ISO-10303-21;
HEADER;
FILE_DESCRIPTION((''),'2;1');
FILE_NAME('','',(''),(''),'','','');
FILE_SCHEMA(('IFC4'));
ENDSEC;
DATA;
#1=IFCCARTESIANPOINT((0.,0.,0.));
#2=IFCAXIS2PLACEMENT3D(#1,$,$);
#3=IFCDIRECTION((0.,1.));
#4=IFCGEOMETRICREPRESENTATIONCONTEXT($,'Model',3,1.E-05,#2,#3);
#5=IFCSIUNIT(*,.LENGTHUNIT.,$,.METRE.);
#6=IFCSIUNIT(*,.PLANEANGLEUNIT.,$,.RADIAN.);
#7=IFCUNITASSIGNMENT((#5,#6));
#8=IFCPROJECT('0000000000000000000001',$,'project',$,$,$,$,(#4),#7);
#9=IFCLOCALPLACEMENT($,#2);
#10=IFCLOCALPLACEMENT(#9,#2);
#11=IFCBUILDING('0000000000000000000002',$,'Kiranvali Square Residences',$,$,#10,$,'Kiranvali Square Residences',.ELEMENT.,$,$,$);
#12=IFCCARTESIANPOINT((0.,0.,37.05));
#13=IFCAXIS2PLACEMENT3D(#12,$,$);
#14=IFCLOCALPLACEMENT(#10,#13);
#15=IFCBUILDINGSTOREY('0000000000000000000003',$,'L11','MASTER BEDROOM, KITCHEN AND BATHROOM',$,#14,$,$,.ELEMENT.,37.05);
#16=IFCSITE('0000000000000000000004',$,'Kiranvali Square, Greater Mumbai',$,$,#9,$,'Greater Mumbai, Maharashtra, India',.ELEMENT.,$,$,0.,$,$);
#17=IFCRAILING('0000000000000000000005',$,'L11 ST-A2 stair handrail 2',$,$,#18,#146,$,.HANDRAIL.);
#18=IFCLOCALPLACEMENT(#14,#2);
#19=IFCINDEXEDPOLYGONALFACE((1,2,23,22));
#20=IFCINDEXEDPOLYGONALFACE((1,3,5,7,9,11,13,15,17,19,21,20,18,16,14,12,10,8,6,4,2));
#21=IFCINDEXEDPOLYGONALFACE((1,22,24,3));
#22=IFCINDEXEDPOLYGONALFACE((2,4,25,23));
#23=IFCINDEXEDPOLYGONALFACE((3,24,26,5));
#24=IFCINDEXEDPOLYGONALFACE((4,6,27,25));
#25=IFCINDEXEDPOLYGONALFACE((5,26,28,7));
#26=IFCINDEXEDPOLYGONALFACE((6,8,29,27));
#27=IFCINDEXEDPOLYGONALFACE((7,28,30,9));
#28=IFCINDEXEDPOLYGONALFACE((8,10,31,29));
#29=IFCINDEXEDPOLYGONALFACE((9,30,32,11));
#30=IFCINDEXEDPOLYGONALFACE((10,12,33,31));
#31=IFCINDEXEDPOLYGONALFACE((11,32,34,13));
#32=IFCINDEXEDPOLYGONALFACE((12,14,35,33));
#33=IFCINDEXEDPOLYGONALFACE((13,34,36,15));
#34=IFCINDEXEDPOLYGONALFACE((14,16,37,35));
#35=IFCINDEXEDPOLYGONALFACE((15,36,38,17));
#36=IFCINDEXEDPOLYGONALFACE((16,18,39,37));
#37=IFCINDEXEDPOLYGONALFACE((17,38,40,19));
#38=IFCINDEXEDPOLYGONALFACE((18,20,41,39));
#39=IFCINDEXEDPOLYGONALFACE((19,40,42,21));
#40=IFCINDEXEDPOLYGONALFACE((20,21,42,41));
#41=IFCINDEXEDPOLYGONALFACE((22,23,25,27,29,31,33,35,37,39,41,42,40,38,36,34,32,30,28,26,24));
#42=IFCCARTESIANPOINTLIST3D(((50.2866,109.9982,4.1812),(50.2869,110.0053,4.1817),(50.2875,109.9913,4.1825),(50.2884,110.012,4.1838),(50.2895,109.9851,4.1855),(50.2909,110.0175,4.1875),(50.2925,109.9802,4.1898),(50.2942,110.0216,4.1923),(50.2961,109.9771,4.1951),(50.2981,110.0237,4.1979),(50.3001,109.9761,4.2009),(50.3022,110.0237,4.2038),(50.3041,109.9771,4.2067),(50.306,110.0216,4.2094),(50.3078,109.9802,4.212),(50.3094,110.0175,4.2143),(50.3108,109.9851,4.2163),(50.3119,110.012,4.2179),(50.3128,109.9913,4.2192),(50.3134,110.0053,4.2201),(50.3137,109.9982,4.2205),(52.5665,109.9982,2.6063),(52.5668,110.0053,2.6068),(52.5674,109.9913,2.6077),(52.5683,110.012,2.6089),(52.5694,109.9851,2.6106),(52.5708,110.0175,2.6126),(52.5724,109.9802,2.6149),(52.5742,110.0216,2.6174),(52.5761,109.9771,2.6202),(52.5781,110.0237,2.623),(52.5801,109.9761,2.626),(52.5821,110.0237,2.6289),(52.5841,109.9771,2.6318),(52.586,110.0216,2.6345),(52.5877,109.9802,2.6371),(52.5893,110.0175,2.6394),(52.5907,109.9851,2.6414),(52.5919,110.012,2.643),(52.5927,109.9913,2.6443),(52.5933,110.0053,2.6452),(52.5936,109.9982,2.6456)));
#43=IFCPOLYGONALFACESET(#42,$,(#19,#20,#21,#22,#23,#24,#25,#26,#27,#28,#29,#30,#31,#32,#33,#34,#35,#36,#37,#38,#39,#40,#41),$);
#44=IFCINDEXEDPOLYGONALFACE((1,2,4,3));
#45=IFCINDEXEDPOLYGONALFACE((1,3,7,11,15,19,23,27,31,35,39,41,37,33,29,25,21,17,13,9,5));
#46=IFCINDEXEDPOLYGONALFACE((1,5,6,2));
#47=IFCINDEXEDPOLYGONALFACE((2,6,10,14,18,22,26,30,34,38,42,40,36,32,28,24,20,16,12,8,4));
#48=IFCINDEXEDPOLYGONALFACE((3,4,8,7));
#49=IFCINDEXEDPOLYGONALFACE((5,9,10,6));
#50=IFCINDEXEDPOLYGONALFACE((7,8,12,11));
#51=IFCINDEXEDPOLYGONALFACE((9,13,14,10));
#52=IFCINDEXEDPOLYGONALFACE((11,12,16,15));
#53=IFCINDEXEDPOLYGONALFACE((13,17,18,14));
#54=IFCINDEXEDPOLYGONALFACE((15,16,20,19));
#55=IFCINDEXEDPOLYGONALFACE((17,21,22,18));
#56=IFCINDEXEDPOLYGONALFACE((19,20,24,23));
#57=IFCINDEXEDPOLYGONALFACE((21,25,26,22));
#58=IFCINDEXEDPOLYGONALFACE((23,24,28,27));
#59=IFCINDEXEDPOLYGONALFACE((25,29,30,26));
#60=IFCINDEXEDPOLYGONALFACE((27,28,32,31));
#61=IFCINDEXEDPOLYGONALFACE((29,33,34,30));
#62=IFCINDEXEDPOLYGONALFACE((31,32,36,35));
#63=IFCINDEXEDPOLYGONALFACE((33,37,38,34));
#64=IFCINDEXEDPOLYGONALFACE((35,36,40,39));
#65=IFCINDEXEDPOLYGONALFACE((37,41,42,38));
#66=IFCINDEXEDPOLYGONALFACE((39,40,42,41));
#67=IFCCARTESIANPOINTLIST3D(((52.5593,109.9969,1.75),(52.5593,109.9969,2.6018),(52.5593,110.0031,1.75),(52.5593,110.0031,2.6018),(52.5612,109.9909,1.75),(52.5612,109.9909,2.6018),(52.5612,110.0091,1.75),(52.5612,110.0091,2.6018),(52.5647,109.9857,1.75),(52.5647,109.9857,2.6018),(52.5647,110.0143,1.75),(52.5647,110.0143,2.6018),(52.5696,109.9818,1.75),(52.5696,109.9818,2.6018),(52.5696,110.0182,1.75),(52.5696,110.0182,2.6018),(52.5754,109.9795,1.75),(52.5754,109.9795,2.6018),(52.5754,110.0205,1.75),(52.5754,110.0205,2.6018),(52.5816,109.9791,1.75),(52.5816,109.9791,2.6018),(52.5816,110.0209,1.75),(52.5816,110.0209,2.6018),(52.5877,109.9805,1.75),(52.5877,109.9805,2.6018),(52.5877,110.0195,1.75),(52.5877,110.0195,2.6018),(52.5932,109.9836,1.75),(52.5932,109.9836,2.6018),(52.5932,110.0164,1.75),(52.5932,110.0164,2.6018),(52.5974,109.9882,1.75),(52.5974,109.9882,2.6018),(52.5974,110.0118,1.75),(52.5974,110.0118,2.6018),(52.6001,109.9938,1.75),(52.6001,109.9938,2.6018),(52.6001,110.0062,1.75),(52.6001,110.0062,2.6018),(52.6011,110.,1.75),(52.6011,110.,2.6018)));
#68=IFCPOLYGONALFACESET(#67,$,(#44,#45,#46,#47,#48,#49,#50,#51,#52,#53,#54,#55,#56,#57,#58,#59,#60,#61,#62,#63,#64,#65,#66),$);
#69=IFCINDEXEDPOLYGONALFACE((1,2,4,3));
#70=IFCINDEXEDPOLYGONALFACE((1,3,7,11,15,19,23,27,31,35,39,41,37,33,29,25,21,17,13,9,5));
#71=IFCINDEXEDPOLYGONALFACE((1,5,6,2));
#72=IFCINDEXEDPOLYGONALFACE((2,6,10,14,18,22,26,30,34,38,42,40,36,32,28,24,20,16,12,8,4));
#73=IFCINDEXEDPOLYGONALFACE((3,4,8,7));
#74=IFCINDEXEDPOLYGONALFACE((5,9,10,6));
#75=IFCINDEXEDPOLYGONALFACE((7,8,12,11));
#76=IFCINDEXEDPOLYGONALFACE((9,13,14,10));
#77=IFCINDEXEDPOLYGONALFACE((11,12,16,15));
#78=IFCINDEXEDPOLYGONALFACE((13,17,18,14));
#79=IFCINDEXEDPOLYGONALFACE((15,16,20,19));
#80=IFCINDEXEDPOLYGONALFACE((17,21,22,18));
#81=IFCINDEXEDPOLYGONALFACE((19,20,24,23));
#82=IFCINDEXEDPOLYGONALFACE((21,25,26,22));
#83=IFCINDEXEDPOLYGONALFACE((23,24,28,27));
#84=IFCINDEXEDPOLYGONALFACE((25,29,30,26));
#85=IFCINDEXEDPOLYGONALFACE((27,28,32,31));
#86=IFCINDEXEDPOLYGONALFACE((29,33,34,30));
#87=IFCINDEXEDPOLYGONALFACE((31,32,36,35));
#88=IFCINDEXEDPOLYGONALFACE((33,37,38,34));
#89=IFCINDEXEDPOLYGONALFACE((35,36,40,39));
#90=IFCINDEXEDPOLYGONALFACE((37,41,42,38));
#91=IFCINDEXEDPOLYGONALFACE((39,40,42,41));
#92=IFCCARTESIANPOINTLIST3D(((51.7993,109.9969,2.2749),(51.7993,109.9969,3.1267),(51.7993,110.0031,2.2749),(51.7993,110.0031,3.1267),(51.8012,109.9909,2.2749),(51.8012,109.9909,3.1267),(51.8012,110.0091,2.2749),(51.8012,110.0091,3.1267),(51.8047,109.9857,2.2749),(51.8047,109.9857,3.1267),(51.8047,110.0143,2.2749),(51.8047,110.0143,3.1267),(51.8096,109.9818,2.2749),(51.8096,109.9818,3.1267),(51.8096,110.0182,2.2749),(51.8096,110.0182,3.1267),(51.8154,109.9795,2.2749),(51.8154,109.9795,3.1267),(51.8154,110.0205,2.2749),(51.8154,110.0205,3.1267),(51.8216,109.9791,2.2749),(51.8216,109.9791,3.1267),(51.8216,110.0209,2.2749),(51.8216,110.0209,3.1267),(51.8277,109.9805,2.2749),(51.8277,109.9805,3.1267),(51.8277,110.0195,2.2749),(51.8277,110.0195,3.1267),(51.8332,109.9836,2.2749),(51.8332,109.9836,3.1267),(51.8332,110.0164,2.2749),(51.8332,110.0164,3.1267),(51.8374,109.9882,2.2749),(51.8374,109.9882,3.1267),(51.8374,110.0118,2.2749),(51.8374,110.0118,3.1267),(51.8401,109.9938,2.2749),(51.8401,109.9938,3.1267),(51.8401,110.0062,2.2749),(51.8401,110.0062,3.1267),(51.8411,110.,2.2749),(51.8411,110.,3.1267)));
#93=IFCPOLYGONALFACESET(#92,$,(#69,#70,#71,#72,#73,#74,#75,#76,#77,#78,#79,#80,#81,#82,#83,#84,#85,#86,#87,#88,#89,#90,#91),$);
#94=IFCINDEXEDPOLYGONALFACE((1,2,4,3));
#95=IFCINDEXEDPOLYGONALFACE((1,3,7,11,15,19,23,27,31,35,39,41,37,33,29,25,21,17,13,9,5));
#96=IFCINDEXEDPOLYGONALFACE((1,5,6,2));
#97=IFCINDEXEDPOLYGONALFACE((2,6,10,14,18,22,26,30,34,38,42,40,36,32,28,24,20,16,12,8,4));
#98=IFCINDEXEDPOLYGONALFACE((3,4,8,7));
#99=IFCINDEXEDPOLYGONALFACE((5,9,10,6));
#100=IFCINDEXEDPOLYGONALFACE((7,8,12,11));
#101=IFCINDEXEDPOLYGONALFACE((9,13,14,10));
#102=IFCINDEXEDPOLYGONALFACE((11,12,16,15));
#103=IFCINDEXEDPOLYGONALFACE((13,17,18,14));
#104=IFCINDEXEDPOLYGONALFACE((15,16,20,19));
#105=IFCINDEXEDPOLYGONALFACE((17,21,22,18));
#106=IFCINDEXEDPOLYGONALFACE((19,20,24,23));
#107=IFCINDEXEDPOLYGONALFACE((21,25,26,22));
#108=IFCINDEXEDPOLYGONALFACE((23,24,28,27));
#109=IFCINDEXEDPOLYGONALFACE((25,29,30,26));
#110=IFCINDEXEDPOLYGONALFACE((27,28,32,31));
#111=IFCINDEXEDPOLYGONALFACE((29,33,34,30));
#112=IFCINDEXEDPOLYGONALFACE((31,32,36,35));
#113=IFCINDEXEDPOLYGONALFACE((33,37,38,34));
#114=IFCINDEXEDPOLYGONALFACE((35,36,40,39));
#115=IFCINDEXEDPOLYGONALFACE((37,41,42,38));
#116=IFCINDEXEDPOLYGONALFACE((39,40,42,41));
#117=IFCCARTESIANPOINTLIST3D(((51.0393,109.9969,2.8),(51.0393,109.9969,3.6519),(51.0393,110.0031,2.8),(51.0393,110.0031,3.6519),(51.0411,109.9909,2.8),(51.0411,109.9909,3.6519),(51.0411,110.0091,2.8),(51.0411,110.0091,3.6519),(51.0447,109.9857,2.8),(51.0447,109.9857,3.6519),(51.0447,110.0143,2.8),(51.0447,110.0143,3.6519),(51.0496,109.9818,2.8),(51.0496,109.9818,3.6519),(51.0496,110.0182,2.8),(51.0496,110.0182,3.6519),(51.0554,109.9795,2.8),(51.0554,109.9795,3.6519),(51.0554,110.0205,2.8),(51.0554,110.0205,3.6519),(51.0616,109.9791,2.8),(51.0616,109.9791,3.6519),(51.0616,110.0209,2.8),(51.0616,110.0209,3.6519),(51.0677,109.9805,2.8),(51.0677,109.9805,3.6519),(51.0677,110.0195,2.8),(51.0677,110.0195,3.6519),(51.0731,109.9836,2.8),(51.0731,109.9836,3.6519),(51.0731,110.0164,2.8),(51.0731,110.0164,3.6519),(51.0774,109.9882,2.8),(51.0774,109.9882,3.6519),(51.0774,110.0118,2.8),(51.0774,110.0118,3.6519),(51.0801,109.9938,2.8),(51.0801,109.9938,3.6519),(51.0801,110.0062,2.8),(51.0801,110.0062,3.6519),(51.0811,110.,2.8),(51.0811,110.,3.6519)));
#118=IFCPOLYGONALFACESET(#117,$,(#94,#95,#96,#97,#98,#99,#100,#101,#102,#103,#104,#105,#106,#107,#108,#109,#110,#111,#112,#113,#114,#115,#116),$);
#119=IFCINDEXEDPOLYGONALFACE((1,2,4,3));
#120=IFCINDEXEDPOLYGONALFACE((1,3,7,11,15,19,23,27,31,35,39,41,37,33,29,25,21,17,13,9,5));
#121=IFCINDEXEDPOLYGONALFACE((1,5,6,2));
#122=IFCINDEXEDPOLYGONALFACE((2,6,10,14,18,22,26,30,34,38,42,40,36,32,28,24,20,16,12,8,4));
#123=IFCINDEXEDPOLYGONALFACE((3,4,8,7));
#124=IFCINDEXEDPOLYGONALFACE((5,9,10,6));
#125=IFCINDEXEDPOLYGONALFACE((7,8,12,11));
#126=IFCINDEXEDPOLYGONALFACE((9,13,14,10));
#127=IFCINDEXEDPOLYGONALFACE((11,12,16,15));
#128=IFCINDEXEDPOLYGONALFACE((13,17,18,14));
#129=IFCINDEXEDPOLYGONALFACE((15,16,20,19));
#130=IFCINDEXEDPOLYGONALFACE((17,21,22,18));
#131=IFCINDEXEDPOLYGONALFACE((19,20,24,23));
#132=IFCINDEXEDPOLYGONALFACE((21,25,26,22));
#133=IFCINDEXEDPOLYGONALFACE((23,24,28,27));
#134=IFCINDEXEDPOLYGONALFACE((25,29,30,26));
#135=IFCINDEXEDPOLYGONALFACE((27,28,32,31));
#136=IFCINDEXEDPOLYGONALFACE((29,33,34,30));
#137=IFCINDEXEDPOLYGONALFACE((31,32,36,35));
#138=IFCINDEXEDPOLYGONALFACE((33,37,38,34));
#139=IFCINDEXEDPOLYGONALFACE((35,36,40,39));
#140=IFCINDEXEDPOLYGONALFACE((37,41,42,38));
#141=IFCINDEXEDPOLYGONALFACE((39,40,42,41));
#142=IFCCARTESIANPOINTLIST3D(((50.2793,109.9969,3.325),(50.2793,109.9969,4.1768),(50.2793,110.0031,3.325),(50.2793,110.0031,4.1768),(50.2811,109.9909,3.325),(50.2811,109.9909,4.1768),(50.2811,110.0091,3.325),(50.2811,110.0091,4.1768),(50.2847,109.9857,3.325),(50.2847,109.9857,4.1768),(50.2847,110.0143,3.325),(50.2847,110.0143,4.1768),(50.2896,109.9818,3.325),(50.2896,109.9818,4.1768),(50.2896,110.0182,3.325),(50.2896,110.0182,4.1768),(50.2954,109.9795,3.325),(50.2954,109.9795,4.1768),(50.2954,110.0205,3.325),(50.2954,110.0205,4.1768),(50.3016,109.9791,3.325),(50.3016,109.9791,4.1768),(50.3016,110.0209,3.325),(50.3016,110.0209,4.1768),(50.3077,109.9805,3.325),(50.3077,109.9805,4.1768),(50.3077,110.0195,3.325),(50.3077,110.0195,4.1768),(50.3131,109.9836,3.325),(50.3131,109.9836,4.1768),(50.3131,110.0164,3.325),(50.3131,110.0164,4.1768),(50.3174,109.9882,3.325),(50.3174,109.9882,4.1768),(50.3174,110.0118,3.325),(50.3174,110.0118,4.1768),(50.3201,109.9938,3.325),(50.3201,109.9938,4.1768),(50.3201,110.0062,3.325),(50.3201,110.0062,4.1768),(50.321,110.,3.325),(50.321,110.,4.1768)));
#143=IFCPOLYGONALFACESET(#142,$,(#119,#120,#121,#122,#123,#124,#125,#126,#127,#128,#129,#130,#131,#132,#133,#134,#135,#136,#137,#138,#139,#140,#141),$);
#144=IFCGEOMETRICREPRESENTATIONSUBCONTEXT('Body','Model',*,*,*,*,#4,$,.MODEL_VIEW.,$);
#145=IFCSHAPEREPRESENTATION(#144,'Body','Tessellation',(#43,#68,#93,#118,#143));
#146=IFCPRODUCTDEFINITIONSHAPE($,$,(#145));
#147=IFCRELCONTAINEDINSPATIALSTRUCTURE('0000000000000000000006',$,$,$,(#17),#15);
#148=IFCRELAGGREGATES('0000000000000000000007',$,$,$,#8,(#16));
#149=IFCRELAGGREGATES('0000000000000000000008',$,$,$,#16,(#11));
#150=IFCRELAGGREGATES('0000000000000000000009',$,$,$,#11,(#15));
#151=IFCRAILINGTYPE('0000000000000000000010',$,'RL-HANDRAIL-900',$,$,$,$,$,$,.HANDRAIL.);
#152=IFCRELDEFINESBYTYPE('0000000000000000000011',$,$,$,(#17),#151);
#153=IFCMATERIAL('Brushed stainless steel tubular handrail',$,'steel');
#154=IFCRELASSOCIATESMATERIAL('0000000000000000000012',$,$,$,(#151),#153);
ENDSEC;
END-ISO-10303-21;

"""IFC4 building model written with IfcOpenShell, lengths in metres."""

from ifc_helpers import new_model, si_unit, direction, frame, origin, origin_2d, place, context, subcontext, project, spatial, circle, extrude, material, type_object, element, save


model = new_model("IFC4")

# Units and contexts
model_context = context("Model", 3, precision=1e-05, world=origin(), true_north=direction((0.0, 1.0)))
body_context = subcontext(model_context, "Body", "Model", "MODEL_VIEW")
ifc_project = project(units=[si_unit("LENGTHUNIT", "METRE"), si_unit("PLANEANGLEUNIT", "RADIAN")], contexts=[model_context])

# Site, building, storey
site_placement = place(None, origin())
site = spatial("IfcSite", under=ifc_project, at=site_placement, Name="Kiranvali Square, Greater Mumbai", LongName="Greater Mumbai, Maharashtra, India", CompositionType="ELEMENT", RefElevation=0.0)
building_placement = place(site_placement, origin())
building = spatial("IfcBuilding", under=site, at=building_placement, Name="Kiranvali Square Residences", LongName="Kiranvali Square Residences", CompositionType="ELEMENT")
storey_placement = place(building_placement, frame((0.0, 0.0, 37.05)))
storey = spatial("IfcBuildingStorey", under=building, at=storey_placement, Name="L11", Description="MASTER BEDROOM, KITCHEN AND BATHROOM", CompositionType="ELEMENT", Elevation=37.05)

# Railing
ifc_material_1 = material(Name="Brushed stainless steel tubular handrail", Category="steel")
railing_type_1 = type_object("IfcRailingType", Name="RL-HANDRAIL-900", PredefinedType="HANDRAIL", material=ifc_material_1)
railing_1_placement = place(storey_placement, frame((52.5801, 110.0, 1.75)))
element("IfcRailing", 1, at=railing_1_placement, inside=storey, type_object=railing_type_1, Name="L11 ST-A2 stair handrail 2", PredefinedType="HANDRAIL", context=body_context, shape_type="SweptSolid", body=[
    extrude(circle(Radius=0.0239, at=origin_2d()), frame((0.0, 0.0, 0.876), z_axis=(-0.822788, 0.0, 0.568348), x_axis=(0.0, -1.0, 0.0)), (0.0, 0.0, 1.0), 2.771),
    extrude(circle(Radius=0.021, at=origin_2d()), origin(), (0.0, 0.0, 1.0), 0.8518),
    extrude(circle(Radius=0.021, at=origin_2d()), frame((-0.76, 0.0, 0.5249)), (0.0, 0.0, 1.0), 0.8518),
    extrude(circle(Radius=0.021, at=origin_2d()), frame((-1.52, 0.0, 1.05)), (0.0, 0.0, 1.0), 0.8518),
    extrude(circle(Radius=0.021, at=origin_2d()), frame((-2.28, 0.0, 1.575)), (0.0, 0.0, 1.0), 0.8518),
])

save(model, "model.ifc")
